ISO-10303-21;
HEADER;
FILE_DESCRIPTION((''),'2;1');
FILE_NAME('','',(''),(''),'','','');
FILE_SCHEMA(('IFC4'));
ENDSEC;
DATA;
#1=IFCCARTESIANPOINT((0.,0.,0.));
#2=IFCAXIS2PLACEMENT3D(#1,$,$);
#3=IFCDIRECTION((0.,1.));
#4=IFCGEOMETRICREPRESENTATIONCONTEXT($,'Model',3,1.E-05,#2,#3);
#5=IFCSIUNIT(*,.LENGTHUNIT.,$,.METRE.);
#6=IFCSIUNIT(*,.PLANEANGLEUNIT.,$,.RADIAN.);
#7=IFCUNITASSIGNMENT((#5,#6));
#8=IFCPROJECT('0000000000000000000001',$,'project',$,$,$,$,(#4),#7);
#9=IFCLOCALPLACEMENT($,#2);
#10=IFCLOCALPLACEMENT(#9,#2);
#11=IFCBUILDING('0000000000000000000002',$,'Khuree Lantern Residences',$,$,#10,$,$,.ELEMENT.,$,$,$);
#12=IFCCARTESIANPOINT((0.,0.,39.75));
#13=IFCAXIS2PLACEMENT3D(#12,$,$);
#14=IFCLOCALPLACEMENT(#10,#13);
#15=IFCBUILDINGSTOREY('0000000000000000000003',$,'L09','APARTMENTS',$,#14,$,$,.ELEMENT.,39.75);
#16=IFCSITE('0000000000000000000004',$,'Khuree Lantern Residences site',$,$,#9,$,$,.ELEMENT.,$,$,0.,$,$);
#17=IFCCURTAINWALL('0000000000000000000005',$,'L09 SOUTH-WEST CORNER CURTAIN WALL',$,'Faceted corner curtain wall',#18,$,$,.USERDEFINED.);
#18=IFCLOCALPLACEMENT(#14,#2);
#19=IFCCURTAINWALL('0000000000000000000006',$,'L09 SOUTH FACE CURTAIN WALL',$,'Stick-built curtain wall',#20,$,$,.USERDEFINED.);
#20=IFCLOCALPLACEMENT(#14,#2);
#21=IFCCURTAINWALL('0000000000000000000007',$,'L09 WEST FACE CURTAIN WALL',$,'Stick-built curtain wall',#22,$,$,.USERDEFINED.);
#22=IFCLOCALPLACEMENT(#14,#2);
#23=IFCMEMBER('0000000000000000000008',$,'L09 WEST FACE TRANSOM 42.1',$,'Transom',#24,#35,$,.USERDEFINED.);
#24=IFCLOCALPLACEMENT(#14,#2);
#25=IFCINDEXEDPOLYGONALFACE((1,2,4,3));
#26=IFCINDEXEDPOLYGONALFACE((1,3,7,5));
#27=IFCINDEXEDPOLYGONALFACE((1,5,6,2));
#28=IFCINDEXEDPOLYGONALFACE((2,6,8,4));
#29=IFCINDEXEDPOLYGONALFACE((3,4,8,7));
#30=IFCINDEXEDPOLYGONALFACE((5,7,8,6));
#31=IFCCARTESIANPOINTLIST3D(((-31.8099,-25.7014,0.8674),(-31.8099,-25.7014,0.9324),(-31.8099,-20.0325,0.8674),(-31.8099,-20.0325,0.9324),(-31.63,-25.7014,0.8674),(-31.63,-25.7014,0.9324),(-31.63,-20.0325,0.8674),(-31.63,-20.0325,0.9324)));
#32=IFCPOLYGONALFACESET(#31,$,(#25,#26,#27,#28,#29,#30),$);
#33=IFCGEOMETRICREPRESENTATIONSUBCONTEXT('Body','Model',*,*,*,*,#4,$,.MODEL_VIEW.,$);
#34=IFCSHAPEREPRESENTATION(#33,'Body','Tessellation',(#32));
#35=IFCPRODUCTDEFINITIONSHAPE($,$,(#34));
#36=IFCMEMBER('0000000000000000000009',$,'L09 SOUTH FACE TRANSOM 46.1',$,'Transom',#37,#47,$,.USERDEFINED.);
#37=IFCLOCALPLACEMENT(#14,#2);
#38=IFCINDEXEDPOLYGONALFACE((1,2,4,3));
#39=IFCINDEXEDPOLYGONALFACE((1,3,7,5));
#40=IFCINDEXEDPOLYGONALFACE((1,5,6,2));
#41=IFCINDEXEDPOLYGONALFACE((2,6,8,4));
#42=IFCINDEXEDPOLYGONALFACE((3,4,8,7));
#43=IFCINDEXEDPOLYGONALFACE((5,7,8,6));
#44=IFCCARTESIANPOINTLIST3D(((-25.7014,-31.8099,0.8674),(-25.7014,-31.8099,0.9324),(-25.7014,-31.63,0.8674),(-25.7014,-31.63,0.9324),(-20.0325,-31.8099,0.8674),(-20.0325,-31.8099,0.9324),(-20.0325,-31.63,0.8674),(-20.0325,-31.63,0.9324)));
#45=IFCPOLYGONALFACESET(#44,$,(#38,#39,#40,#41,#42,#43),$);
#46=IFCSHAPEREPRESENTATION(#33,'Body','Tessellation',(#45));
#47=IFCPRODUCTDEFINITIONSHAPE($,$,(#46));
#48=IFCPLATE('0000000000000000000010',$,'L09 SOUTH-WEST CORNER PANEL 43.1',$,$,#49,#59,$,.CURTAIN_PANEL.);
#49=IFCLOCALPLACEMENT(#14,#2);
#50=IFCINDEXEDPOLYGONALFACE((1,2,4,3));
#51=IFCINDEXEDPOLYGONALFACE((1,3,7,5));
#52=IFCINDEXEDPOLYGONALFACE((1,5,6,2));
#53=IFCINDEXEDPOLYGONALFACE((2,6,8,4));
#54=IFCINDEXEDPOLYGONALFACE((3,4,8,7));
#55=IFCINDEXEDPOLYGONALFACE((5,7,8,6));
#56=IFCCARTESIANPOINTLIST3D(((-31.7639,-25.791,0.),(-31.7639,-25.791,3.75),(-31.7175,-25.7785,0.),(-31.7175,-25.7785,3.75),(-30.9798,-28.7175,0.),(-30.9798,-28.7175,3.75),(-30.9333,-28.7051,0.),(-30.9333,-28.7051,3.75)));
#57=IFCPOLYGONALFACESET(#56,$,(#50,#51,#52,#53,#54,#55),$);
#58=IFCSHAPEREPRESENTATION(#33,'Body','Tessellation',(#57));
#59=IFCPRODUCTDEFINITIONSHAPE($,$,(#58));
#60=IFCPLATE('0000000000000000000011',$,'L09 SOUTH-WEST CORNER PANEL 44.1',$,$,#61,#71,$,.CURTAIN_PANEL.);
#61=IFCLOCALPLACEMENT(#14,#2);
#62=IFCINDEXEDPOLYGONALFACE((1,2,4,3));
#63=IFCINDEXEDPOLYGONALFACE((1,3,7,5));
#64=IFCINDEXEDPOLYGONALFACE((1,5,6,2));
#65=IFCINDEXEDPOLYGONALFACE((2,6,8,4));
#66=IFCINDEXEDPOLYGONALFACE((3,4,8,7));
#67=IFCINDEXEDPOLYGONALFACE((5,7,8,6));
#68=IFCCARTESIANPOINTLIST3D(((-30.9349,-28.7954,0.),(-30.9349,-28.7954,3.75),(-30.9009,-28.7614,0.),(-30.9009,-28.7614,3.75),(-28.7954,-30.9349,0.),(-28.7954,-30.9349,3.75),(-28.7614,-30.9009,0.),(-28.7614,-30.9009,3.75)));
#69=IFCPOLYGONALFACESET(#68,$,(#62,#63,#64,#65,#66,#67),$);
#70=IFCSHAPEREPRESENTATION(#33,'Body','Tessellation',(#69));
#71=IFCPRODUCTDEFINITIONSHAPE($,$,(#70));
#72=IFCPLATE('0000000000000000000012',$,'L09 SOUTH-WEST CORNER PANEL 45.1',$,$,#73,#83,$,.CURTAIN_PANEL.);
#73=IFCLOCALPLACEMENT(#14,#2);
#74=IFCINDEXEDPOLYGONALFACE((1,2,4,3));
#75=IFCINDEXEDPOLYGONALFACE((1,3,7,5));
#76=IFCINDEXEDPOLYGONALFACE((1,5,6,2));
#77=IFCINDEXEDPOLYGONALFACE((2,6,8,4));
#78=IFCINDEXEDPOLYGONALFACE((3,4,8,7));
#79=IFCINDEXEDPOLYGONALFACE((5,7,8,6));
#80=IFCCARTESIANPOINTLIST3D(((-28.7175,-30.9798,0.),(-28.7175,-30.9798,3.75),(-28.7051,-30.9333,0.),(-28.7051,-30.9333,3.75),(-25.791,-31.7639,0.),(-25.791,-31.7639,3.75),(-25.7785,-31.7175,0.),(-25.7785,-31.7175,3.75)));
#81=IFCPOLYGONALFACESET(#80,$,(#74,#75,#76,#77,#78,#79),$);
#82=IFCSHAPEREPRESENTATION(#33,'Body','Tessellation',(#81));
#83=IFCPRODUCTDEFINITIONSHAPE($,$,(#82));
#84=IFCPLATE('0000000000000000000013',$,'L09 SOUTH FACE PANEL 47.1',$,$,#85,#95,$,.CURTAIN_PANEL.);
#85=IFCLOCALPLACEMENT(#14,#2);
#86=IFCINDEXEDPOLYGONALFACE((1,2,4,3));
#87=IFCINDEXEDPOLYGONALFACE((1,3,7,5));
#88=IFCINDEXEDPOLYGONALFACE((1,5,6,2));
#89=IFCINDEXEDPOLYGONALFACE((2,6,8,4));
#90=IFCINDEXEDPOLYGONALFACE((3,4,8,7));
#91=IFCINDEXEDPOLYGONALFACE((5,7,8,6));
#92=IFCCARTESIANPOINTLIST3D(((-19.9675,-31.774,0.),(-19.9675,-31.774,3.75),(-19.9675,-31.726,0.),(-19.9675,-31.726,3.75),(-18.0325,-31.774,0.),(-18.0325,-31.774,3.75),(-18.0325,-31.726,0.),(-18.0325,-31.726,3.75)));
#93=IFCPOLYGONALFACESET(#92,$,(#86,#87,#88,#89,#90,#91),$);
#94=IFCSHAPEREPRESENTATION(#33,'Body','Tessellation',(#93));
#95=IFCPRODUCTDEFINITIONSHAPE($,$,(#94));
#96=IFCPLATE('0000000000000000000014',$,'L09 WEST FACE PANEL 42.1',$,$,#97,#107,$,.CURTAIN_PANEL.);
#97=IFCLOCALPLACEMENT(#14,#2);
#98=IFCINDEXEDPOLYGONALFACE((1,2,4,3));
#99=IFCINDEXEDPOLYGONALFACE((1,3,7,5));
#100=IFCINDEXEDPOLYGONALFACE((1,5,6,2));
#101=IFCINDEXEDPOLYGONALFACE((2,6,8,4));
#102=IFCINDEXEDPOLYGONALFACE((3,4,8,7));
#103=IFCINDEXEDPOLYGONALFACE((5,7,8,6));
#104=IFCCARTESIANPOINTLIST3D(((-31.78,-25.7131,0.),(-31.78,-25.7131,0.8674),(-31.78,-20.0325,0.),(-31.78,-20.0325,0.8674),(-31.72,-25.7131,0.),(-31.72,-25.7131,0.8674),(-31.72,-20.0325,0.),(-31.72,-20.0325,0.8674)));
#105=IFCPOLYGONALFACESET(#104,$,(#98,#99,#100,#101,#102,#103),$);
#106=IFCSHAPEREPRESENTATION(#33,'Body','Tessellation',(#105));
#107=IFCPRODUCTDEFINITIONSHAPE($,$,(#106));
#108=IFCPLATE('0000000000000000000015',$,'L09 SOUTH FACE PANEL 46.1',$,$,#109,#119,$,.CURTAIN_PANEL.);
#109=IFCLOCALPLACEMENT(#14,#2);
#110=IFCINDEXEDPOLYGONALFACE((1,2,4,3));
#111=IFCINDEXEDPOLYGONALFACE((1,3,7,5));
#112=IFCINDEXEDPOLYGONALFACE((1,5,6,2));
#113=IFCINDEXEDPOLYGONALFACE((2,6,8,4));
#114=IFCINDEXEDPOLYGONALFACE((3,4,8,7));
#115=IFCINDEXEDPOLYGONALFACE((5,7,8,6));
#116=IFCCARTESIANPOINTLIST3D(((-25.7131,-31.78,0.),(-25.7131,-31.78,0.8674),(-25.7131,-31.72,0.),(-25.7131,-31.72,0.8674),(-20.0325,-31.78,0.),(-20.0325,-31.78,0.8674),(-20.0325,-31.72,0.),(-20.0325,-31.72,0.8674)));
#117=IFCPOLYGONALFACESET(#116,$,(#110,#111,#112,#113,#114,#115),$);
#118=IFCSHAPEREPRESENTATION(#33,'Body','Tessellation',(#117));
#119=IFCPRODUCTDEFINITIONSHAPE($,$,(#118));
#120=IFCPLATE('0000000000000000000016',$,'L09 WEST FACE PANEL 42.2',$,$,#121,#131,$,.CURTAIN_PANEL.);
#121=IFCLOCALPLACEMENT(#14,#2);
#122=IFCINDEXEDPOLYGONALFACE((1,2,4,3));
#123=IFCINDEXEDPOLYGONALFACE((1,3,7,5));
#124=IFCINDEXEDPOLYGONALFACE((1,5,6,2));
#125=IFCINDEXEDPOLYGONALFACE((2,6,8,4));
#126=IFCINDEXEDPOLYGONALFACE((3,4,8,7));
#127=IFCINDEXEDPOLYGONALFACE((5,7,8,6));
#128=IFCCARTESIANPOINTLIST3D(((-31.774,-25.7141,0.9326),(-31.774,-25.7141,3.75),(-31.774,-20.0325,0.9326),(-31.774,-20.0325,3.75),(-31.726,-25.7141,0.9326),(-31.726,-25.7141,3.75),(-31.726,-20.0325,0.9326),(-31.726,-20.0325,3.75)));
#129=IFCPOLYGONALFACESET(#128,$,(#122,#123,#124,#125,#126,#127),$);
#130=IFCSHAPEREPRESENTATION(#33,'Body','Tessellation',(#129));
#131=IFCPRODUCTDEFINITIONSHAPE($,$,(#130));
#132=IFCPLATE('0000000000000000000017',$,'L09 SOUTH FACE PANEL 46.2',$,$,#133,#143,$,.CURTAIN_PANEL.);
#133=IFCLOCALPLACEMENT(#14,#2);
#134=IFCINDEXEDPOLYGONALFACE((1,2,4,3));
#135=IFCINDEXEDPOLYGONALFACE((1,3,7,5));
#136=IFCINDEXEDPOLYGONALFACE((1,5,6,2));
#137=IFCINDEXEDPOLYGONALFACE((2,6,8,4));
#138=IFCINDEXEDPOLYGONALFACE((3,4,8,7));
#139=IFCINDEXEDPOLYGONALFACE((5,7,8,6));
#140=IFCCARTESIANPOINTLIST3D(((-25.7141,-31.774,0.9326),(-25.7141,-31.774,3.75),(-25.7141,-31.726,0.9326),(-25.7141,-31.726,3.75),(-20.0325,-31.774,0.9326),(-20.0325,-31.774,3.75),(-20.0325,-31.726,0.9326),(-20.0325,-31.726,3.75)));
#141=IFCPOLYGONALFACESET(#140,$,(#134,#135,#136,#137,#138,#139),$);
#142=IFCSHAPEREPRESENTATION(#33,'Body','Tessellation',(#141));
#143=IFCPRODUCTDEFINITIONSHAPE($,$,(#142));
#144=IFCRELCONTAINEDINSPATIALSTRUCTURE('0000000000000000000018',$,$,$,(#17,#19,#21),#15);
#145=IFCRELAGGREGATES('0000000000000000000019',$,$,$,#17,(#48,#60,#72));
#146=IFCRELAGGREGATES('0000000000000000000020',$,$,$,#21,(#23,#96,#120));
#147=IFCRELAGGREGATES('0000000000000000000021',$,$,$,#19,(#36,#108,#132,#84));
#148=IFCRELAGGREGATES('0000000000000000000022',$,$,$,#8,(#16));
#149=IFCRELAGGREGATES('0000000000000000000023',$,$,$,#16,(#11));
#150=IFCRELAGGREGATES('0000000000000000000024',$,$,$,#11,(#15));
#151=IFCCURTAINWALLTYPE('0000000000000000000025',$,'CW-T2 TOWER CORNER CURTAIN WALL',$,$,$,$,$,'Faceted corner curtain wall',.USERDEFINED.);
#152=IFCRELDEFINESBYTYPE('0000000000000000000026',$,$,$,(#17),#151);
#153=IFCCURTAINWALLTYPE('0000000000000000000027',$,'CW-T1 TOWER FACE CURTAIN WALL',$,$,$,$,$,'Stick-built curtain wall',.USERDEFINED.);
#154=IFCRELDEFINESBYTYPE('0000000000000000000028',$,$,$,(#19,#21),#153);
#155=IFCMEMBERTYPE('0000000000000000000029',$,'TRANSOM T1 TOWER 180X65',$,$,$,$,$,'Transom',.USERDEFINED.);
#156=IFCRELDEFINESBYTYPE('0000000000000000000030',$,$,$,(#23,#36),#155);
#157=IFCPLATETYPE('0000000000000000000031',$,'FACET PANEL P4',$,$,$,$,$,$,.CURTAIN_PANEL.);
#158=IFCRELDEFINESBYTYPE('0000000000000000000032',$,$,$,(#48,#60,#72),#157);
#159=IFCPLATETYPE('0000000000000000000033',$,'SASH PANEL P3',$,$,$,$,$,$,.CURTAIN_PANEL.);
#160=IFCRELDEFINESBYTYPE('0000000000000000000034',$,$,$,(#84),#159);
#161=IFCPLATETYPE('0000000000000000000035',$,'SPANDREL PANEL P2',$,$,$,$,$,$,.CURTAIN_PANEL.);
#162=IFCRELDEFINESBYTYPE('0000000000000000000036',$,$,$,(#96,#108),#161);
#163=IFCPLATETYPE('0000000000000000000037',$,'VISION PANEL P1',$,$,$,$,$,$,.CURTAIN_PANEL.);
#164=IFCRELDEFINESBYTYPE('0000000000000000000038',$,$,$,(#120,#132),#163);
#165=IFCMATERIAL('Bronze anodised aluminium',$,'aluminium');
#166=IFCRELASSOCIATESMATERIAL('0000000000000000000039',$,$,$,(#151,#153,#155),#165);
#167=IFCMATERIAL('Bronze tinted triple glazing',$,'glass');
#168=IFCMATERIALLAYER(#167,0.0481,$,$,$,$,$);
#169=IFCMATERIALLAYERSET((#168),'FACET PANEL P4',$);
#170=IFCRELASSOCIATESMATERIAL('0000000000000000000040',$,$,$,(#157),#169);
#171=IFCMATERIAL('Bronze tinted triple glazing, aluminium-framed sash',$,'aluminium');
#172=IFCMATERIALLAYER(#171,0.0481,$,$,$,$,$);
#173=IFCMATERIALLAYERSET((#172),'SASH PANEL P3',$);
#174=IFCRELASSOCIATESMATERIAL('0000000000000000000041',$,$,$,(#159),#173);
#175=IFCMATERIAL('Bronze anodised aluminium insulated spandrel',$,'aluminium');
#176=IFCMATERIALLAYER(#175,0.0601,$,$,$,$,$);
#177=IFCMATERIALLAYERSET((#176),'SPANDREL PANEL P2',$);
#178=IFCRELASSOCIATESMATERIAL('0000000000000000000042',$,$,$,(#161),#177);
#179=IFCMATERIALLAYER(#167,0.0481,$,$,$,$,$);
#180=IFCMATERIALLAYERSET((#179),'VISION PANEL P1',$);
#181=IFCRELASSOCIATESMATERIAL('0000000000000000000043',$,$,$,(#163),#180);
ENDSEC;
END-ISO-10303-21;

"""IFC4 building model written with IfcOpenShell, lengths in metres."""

from ifc_helpers import new_model, si_unit, direction, frame, origin, origin_2d, place, context, subcontext, project, spatial, rectangle, extrude, material, layer, layer_set, material_profile, profile_set, type_object, element, aggregate, save


model = new_model("IFC4")

# Units and contexts
model_context = context("Model", 3, precision=1e-05, world=origin(), true_north=direction((0.0, 1.0)))
body_context = subcontext(model_context, "Body", "Model", "MODEL_VIEW")
ifc_project = project(units=[si_unit("LENGTHUNIT", "METRE"), si_unit("PLANEANGLEUNIT", "RADIAN")], contexts=[model_context])

# Site, building, storey
site_placement = place(None, origin())
site = spatial("IfcSite", under=ifc_project, at=site_placement, Name="Khuree Lantern Residences site", CompositionType="ELEMENT", RefElevation=0.0)
building_placement = place(site_placement, origin())
building = spatial("IfcBuilding", under=site, at=building_placement, Name="Khuree Lantern Residences", CompositionType="ELEMENT")
storey_placement = place(building_placement, frame((0.0, 0.0, 39.75)))
storey = spatial("IfcBuildingStorey", under=building, at=storey_placement, Name="L09", Description="APARTMENTS", CompositionType="ELEMENT", Elevation=39.75)

# Curtain walls
ifc_material_1 = material(Name="Bronze anodised aluminium", Category="aluminium")
curtain_wall_type_1 = type_object("IfcCurtainWallType", Name="CW-T2 TOWER CORNER CURTAIN WALL", ElementType="Faceted corner curtain wall", PredefinedType="USERDEFINED", material=ifc_material_1)
curtain_wall_1_placement = place(storey_placement, origin())
curtain_wall_1 = element("IfcCurtainWall", 1, at=curtain_wall_1_placement, inside=storey, type_object=curtain_wall_type_1, Name="L09 SOUTH-WEST CORNER CURTAIN WALL", ObjectType="Faceted corner curtain wall", PredefinedType="USERDEFINED")
curtain_wall_type_2 = type_object("IfcCurtainWallType", Name="CW-T1 TOWER FACE CURTAIN WALL", ElementType="Stick-built curtain wall", PredefinedType="USERDEFINED", material=ifc_material_1)
curtain_wall_2_placement = place(storey_placement, origin())
curtain_wall_2 = element("IfcCurtainWall", 2, at=curtain_wall_2_placement, inside=storey, type_object=curtain_wall_type_2, Name="L09 SOUTH FACE CURTAIN WALL", ObjectType="Stick-built curtain wall", PredefinedType="USERDEFINED")

# Curtain wall, member
curtain_wall_3_placement = place(storey_placement, origin())
curtain_wall_3 = element("IfcCurtainWall", 3, at=curtain_wall_3_placement, inside=storey, type_object=curtain_wall_type_2, Name="L09 WEST FACE CURTAIN WALL", ObjectType="Stick-built curtain wall", PredefinedType="USERDEFINED")
ifc_material_profile_1 = material_profile(ifc_material_1, rectangle(XDim=0.1799, YDim=0.0649, at=origin_2d()), Name="T1 180X65")
ifc_profile_set_1 = profile_set([ifc_material_profile_1], Name="Bronze anodised aluminium")
member_type_1 = type_object("IfcMemberType", Name="TRANSOM T1 TOWER 180X65", ElementType="Transom", PredefinedType="USERDEFINED", material=ifc_profile_set_1)
member_1_placement = place(storey_placement, frame((-31.72, -20.0325, 0.8999), z_axis=(0.0, -1.0, 0.0), x_axis=(1.0, 0.0, 0.0)))
member_1 = element("IfcMember", 4, at=member_1_placement, type_object=member_type_1, Name="L09 WEST FACE TRANSOM 42.1", ObjectType="Transom", PredefinedType="USERDEFINED", context=body_context, shape_type="SweptSolid", body=[
    extrude(rectangle(XDim=0.1799, YDim=0.0649, at=origin_2d()), origin(), (0.0, 0.0, 1.0), 5.6689),
])

# Member
member_2_placement = place(storey_placement, frame((-25.7014, -31.72, 0.8999), z_axis=(1.0, 0.0, 0.0), x_axis=(0.0, 1.0, 0.0)))
member_2 = element("IfcMember", 5, at=member_2_placement, type_object=member_type_1, Name="L09 SOUTH FACE TRANSOM 46.1", ObjectType="Transom", PredefinedType="USERDEFINED", context=body_context, shape_type="SweptSolid", body=[
    extrude(rectangle(XDim=0.1799, YDim=0.0649, at=origin_2d()), origin(), (0.0, 0.0, 1.0), 5.6689),
])

# Plates
ifc_material_2 = material(Name="Bronze tinted triple glazing", Category="glass")
ifc_layer_1 = layer(ifc_material_2, 0.0481)
ifc_layer_set_1 = layer_set([ifc_layer_1], Name="FACET PANEL P4")
plate_type_1 = type_object("IfcPlateType", Name="FACET PANEL P4", PredefinedType="CURTAIN_PANEL", material=ifc_layer_set_1)
plate_1_placement = place(storey_placement, frame((-31.3486, -27.248, 0.0), z_axis=(0.0, 0.0, 1.0), x_axis=(0.258819, -0.965926, 0.0)))
plate_1 = element("IfcPlate", 6, at=plate_1_placement, type_object=plate_type_1, Name="L09 SOUTH-WEST CORNER PANEL 43.1", PredefinedType="CURTAIN_PANEL", context=body_context, shape_type="SweptSolid", body=[
    extrude(rectangle(XDim=3.0298, YDim=0.0481, at=origin_2d()), origin(), (0.0, 0.0, 1.0), 3.75),
])
plate_2_placement = place(storey_placement, frame((-29.8481, -29.8481, 0.0), z_axis=(0.0, 0.0, 1.0), x_axis=(0.707107, -0.707107, 0.0)))
plate_2 = element("IfcPlate", 7, at=plate_2_placement, type_object=plate_type_1, Name="L09 SOUTH-WEST CORNER PANEL 44.1", PredefinedType="CURTAIN_PANEL", context=body_context, shape_type="SweptSolid", body=[
    extrude(rectangle(XDim=3.0256, YDim=0.0481, at=origin_2d()), origin(), (0.0, 0.0, 1.0), 3.75),
])
plate_3_placement = place(storey_placement, frame((-27.248, -31.3486, 0.0), z_axis=(0.0, 0.0, 1.0), x_axis=(0.965926, -0.258819, 0.0)))
plate_3 = element("IfcPlate", 8, at=plate_3_placement, type_object=plate_type_1, Name="L09 SOUTH-WEST CORNER PANEL 45.1", PredefinedType="CURTAIN_PANEL", context=body_context, shape_type="SweptSolid", body=[
    extrude(rectangle(XDim=3.0298, YDim=0.0481, at=origin_2d()), origin(), (0.0, 0.0, 1.0), 3.75),
])
aggregate(curtain_wall_1, [plate_1, plate_2, plate_3])
ifc_material_3 = material(Name="Bronze tinted triple glazing, aluminium-framed sash", Category="aluminium")
ifc_layer_2 = layer(ifc_material_3, 0.0481)
ifc_layer_set_2 = layer_set([ifc_layer_2], Name="SASH PANEL P3")
plate_type_2 = type_object("IfcPlateType", Name="SASH PANEL P3", PredefinedType="CURTAIN_PANEL", material=ifc_layer_set_2)
plate_4_placement = place(storey_placement, frame((-19.0, -31.75, 0.0), z_axis=(0.0, 0.0, 1.0), x_axis=(1.0, 0.0, 0.0)))
plate_4 = element("IfcPlate", 9, at=plate_4_placement, type_object=plate_type_2, Name="L09 SOUTH FACE PANEL 47.1", PredefinedType="CURTAIN_PANEL", context=body_context, shape_type="SweptSolid", body=[
    extrude(rectangle(XDim=1.9351, YDim=0.0481, at=origin_2d()), origin(), (0.0, 0.0, 1.0), 3.75),
])
ifc_material_4 = material(Name="Bronze anodised aluminium insulated spandrel", Category="aluminium")
ifc_layer_3 = layer(ifc_material_4, 0.0601)
ifc_layer_set_3 = layer_set([ifc_layer_3], Name="SPANDREL PANEL P2")
plate_type_3 = type_object("IfcPlateType", Name="SPANDREL PANEL P2", PredefinedType="CURTAIN_PANEL", material=ifc_layer_set_3)
plate_5_placement = place(storey_placement, frame((-31.75, -22.8728, 0.0), z_axis=(0.0, 0.0, 1.0), x_axis=(0.0, -1.0, 0.0)))
plate_5 = element("IfcPlate", 10, at=plate_5_placement, type_object=plate_type_3, Name="L09 WEST FACE PANEL 42.1", PredefinedType="CURTAIN_PANEL", context=body_context, shape_type="SweptSolid", body=[
    extrude(rectangle(XDim=5.6807, YDim=0.0601, at=origin_2d()), origin(), (0.0, 0.0, 1.0), 0.8674),
])
plate_6_placement = place(storey_placement, frame((-22.8728, -31.75, 0.0), z_axis=(0.0, 0.0, 1.0), x_axis=(1.0, 0.0, 0.0)))
plate_6 = element("IfcPlate", 11, at=plate_6_placement, type_object=plate_type_3, Name="L09 SOUTH FACE PANEL 46.1", PredefinedType="CURTAIN_PANEL", context=body_context, shape_type="SweptSolid", body=[
    extrude(rectangle(XDim=5.6807, YDim=0.0601, at=origin_2d()), origin(), (0.0, 0.0, 1.0), 0.8674),
])
ifc_layer_4 = layer(ifc_material_2, 0.0481)
ifc_layer_set_4 = layer_set([ifc_layer_4], Name="VISION PANEL P1")
plate_type_4 = type_object("IfcPlateType", Name="VISION PANEL P1", PredefinedType="CURTAIN_PANEL", material=ifc_layer_set_4)
plate_7_placement = place(storey_placement, frame((-31.75, -22.8733, 0.9326), z_axis=(0.0, 0.0, 1.0), x_axis=(0.0, -1.0, 0.0)))
plate_7 = element("IfcPlate", 12, at=plate_7_placement, type_object=plate_type_4, Name="L09 WEST FACE PANEL 42.2", PredefinedType="CURTAIN_PANEL", context=body_context, shape_type="SweptSolid", body=[
    extrude(rectangle(XDim=5.6816, YDim=0.0481, at=origin_2d()), origin(), (0.0, 0.0, 1.0), 2.8174),
])
aggregate(curtain_wall_3, [member_1, plate_5, plate_7])
plate_8_placement = place(storey_placement, frame((-22.8733, -31.75, 0.9326), z_axis=(0.0, 0.0, 1.0), x_axis=(1.0, 0.0, 0.0)))
plate_8 = element("IfcPlate", 13, at=plate_8_placement, type_object=plate_type_4, Name="L09 SOUTH FACE PANEL 46.2", PredefinedType="CURTAIN_PANEL", context=body_context, shape_type="SweptSolid", body=[
    extrude(rectangle(XDim=5.6816, YDim=0.0481, at=origin_2d()), origin(), (0.0, 0.0, 1.0), 2.8174),
])
aggregate(curtain_wall_2, [member_2, plate_6, plate_8, plate_4])

save(model, "model.ifc")
